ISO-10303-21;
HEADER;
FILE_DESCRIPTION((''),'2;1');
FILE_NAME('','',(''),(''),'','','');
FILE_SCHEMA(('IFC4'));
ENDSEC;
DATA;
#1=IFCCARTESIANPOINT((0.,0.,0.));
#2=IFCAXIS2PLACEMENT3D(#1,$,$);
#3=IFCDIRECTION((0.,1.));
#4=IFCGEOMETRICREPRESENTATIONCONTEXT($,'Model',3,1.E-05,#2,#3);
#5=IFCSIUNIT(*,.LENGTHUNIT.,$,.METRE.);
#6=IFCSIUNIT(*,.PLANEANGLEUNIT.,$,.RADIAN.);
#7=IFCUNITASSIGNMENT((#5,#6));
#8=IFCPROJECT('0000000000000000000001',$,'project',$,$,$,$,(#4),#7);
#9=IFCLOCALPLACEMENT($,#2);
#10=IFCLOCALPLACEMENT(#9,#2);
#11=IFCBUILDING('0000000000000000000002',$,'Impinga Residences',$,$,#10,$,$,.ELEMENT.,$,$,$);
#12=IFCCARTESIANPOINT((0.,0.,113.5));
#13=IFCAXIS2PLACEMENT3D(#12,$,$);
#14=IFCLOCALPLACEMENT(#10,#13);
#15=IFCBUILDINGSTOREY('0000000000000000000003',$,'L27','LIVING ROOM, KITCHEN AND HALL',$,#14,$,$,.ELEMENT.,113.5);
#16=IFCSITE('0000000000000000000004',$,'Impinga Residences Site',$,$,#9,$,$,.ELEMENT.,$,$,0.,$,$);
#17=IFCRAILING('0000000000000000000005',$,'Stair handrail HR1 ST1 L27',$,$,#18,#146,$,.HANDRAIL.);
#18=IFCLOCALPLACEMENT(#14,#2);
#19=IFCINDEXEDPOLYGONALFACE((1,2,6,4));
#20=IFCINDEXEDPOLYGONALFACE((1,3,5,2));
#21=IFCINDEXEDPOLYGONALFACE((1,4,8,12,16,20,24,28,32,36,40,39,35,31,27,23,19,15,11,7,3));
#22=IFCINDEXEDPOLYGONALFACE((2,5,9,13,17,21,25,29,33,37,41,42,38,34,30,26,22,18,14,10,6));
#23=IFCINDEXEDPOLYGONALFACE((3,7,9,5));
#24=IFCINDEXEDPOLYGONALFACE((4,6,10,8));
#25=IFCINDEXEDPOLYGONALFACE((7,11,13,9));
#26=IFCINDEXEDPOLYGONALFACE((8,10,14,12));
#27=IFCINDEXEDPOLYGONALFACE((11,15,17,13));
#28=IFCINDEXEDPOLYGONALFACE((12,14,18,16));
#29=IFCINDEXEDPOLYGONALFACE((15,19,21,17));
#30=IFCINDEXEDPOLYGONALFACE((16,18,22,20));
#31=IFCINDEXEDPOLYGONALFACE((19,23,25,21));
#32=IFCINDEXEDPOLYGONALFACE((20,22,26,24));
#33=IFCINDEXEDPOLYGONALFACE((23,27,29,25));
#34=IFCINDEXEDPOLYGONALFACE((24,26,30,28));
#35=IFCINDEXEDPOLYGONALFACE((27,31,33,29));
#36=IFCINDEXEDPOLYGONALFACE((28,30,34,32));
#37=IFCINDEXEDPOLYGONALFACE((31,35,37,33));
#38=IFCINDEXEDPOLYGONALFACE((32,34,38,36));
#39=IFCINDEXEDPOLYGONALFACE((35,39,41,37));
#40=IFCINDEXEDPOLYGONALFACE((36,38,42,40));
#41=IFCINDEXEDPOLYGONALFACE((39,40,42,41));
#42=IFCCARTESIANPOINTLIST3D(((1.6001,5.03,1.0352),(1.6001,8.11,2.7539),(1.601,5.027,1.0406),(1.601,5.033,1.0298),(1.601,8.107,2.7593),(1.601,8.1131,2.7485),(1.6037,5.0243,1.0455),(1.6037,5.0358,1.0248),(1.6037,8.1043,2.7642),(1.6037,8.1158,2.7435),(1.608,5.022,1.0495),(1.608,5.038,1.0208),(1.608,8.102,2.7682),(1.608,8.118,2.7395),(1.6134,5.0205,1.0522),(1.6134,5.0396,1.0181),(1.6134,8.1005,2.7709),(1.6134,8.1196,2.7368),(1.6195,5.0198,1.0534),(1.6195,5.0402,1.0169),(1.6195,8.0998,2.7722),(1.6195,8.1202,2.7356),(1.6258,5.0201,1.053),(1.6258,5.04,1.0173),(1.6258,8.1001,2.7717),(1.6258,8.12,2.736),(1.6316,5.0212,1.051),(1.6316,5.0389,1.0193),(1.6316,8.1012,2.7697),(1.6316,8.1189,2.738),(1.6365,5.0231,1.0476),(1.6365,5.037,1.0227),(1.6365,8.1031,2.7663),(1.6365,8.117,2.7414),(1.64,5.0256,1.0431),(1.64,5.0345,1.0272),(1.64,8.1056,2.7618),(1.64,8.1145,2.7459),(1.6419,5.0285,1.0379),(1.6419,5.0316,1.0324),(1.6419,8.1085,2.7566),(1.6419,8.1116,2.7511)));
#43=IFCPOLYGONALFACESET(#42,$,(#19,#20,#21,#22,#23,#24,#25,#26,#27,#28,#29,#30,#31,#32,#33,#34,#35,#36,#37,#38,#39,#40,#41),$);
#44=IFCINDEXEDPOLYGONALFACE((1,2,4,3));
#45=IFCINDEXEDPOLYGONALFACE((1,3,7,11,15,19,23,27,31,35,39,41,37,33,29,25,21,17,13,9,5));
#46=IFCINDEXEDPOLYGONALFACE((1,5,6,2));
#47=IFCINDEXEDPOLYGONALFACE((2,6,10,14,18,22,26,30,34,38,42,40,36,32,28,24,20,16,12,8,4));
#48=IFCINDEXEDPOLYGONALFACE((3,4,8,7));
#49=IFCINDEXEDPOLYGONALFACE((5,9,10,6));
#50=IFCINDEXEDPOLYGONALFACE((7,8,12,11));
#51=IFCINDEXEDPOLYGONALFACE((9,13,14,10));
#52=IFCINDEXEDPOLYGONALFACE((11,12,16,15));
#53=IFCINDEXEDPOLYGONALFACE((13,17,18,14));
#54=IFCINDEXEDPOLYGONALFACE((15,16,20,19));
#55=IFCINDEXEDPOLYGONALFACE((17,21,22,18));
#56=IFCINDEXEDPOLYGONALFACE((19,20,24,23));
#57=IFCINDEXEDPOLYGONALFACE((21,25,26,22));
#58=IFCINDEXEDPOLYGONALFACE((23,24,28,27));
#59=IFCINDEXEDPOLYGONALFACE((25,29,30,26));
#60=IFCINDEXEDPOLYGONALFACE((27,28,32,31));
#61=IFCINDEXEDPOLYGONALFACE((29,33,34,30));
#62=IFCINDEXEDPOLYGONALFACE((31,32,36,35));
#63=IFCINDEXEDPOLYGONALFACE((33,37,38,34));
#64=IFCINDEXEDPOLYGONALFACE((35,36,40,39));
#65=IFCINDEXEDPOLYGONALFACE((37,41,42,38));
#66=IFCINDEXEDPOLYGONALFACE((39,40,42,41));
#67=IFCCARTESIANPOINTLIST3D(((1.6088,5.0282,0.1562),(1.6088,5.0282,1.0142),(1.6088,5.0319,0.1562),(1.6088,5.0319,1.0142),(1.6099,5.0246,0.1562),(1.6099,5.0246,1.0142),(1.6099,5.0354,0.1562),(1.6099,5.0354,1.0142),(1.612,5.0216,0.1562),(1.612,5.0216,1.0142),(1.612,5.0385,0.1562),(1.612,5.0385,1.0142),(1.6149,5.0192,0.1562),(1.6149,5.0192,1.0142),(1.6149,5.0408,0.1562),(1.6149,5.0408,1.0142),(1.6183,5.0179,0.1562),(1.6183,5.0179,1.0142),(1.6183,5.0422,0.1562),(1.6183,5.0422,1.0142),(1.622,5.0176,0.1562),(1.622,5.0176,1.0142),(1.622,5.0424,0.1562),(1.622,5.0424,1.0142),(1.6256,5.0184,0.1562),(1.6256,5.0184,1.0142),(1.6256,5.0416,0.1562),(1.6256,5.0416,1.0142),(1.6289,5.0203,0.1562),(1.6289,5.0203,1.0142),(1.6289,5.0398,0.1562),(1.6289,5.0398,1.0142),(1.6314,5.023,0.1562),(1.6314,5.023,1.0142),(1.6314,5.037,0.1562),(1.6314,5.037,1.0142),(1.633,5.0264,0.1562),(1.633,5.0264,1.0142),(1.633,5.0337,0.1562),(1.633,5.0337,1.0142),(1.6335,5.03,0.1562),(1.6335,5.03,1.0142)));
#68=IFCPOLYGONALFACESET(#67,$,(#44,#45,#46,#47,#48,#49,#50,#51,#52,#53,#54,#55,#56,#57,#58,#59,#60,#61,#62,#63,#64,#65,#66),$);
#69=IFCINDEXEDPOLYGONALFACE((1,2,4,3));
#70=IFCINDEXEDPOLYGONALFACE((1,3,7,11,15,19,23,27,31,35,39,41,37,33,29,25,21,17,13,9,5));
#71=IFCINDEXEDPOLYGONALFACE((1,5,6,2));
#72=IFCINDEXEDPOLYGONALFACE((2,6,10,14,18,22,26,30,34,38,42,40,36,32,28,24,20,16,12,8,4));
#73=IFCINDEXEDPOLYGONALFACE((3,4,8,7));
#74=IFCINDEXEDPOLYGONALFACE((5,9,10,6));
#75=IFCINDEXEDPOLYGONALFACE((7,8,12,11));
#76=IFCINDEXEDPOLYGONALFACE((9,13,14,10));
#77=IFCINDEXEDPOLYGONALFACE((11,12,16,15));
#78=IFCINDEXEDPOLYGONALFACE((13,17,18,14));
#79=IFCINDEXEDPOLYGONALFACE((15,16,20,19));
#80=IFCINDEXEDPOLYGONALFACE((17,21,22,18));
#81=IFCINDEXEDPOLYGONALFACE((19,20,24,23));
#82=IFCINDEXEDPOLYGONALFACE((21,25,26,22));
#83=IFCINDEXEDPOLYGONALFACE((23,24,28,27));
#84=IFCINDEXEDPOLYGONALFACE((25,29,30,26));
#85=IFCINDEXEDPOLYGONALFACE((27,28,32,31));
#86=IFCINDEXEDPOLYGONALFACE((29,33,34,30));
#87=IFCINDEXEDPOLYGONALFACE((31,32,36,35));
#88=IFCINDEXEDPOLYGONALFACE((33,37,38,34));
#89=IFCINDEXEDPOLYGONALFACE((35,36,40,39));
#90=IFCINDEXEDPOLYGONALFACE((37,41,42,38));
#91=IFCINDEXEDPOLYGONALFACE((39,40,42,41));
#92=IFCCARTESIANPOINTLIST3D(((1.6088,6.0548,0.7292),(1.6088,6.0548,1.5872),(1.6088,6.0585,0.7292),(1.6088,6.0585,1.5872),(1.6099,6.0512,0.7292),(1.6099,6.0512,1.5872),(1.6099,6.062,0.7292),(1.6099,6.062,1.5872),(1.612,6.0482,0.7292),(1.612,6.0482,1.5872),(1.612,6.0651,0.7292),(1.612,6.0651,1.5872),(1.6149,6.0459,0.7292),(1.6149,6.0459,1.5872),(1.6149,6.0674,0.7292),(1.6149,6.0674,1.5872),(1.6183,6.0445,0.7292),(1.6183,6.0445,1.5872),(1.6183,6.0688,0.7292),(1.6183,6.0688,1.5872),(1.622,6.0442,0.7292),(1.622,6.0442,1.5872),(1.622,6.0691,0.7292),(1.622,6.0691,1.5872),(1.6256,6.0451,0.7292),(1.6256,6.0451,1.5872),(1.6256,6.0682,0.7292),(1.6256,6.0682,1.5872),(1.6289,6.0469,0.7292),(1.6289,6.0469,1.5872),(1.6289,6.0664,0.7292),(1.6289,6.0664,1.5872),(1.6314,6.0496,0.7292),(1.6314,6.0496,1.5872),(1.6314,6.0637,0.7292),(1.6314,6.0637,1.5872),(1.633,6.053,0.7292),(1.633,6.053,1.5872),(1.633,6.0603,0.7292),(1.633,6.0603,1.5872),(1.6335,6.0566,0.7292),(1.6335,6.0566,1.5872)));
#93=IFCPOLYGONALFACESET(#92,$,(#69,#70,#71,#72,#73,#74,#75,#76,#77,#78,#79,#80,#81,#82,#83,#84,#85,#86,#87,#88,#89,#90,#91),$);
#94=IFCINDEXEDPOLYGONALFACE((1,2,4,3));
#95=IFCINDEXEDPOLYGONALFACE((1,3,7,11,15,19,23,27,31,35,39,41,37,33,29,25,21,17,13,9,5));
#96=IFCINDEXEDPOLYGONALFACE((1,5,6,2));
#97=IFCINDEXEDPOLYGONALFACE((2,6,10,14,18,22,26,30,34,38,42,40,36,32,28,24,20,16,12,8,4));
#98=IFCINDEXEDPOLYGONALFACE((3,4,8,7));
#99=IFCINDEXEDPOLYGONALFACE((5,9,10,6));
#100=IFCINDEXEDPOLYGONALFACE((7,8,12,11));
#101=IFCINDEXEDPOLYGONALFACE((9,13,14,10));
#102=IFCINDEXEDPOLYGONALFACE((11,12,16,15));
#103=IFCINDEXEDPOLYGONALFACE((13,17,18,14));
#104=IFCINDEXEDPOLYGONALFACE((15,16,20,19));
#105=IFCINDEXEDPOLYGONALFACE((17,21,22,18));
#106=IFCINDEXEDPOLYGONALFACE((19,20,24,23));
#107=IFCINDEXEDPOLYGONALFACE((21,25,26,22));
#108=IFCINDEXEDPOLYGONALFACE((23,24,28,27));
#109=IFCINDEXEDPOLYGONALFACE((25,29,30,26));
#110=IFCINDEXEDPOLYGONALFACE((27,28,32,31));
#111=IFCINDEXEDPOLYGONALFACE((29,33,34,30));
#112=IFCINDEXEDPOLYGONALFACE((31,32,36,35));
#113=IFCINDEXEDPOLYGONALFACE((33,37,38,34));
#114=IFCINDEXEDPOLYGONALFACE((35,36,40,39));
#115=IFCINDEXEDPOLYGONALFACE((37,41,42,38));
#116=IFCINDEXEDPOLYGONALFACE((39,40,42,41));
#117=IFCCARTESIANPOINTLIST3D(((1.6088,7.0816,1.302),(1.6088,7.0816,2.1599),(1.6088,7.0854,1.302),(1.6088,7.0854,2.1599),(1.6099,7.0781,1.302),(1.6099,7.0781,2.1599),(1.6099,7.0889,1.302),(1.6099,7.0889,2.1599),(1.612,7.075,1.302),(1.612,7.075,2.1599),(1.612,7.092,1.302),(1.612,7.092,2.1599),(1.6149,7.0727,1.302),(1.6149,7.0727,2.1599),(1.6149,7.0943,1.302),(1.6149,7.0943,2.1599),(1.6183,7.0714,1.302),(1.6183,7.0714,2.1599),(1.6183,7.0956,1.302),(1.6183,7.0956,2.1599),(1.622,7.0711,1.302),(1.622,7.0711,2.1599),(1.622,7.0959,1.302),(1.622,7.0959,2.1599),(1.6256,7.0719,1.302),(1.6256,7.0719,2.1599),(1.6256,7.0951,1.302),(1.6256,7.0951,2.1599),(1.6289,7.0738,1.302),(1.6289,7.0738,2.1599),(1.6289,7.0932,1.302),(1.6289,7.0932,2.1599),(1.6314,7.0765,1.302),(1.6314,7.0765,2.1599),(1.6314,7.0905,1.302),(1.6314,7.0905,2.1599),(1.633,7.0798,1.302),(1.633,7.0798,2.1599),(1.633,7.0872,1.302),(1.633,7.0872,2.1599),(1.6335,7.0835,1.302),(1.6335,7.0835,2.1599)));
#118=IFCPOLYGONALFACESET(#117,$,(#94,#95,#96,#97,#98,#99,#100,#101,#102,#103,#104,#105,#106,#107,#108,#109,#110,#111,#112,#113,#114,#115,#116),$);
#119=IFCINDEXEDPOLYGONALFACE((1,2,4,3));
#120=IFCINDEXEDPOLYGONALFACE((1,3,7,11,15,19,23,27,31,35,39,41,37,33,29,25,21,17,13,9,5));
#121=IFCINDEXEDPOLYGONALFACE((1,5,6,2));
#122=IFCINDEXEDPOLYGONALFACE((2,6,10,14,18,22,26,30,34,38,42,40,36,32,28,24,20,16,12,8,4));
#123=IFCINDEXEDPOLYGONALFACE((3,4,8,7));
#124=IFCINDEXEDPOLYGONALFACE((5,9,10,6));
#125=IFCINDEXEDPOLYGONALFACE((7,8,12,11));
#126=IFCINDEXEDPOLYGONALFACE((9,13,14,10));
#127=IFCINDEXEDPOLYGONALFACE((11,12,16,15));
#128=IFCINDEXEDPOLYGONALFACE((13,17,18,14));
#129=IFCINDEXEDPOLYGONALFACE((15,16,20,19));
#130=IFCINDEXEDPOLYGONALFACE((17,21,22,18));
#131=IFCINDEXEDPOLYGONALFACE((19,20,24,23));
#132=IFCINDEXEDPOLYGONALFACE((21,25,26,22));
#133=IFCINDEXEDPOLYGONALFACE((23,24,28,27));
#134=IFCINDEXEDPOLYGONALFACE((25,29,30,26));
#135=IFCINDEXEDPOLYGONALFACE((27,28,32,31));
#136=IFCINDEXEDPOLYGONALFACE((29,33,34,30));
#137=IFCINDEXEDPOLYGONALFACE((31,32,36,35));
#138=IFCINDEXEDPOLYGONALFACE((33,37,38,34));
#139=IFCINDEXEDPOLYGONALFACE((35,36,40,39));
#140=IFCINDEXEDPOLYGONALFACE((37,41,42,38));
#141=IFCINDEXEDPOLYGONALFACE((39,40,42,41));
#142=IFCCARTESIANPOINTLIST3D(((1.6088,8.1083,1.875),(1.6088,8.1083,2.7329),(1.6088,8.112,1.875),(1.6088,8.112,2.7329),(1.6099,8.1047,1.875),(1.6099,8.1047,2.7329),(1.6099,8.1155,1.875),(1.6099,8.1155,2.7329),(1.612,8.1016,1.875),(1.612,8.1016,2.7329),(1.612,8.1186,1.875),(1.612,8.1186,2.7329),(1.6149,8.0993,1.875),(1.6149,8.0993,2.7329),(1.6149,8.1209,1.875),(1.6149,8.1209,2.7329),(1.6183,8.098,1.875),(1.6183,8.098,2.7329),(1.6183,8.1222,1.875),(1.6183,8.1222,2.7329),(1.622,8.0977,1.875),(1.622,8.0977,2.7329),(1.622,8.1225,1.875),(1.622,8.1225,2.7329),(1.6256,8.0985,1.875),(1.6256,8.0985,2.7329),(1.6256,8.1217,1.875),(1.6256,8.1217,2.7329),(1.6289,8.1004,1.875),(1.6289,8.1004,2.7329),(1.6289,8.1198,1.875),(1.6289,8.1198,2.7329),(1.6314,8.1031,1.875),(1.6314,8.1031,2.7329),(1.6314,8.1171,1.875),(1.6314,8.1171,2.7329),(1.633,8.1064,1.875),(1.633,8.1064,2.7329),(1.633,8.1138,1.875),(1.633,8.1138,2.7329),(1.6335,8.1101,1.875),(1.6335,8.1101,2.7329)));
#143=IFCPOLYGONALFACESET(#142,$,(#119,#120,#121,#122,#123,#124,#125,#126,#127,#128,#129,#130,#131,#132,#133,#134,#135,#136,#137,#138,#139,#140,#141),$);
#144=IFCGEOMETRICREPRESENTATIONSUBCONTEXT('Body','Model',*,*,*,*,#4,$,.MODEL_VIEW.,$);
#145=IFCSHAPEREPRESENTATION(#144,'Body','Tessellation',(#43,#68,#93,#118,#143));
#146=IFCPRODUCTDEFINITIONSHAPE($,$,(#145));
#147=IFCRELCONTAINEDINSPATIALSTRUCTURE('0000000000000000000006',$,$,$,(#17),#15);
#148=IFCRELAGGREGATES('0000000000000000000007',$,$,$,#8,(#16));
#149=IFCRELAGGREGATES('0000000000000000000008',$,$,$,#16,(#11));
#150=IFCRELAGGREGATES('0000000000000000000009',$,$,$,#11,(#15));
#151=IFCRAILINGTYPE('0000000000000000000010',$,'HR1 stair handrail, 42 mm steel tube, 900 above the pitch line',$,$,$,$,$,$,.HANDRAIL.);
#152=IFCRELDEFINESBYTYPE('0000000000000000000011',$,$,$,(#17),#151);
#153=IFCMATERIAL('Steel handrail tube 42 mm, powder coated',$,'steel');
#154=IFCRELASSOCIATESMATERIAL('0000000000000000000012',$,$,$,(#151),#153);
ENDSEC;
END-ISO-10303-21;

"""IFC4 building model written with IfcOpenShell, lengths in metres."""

from ifc_helpers import new_model, si_unit, direction, frame, origin, origin_2d, place, context, subcontext, project, spatial, circle, extrude, material, type_object, element, save


model = new_model("IFC4")

# Units and contexts
model_context = context("Model", 3, precision=1e-05, world=origin(), true_north=direction((0.0, 1.0)))
body_context = subcontext(model_context, "Body", "Model", "MODEL_VIEW")
ifc_project = project(units=[si_unit("LENGTHUNIT", "METRE"), si_unit("PLANEANGLEUNIT", "RADIAN")], contexts=[model_context])

# Site, building, storey
site_placement = place(None, origin())
site = spatial("IfcSite", under=ifc_project, at=site_placement, Name="Impinga Residences Site", CompositionType="ELEMENT", RefElevation=0.0)
building_placement = place(site_placement, origin())
building = spatial("IfcBuilding", under=site, at=building_placement, Name="Impinga Residences", CompositionType="ELEMENT")
storey_placement = place(building_placement, frame((0.0, 0.0, 113.5)))
storey = spatial("IfcBuildingStorey", under=building, at=storey_placement, Name="L27", Description="LIVING ROOM, KITCHEN AND HALL", CompositionType="ELEMENT", Elevation=113.5)

# Railing
ifc_material_1 = material(Name="Steel handrail tube 42 mm, powder coated", Category="steel")
railing_type_1 = type_object("IfcRailingType", Name="HR1 stair handrail, 42 mm steel tube, 900 above the pitch line", PredefinedType="HANDRAIL", material=ifc_material_1)
railing_1_placement = place(storey_placement, frame((1.6211, 5.03, 0.1562)))
element("IfcRailing", 1, at=railing_1_placement, inside=storey, type_object=railing_type_1, Name="Stair handrail HR1 ST1 L27", PredefinedType="HANDRAIL", context=body_context, shape_type="SweptSolid", body=[
    extrude(circle(Radius=0.021, at=origin_2d()), frame((0.0, 0.0, 0.8789), z_axis=(0.0, 0.873242, 0.487288), x_axis=(-1.0, 0.0, 0.0)), (0.0, 0.0, 1.0), 3.5271),
    extrude(circle(Radius=0.0125, at=origin_2d()), origin(), (0.0, 0.0, 1.0), 0.8579),
    extrude(circle(Radius=0.0125, at=origin_2d()), frame((0.0, 1.0266, 0.573)), (0.0, 0.0, 1.0), 0.8579),
    extrude(circle(Radius=0.0125, at=origin_2d()), frame((0.0, 2.0535, 1.1458)), (0.0, 0.0, 1.0), 0.8579),
    extrude(circle(Radius=0.0125, at=origin_2d()), frame((0.0, 3.0801, 1.7188)), (0.0, 0.0, 1.0), 0.8579),
])

save(model, "model.ifc")
